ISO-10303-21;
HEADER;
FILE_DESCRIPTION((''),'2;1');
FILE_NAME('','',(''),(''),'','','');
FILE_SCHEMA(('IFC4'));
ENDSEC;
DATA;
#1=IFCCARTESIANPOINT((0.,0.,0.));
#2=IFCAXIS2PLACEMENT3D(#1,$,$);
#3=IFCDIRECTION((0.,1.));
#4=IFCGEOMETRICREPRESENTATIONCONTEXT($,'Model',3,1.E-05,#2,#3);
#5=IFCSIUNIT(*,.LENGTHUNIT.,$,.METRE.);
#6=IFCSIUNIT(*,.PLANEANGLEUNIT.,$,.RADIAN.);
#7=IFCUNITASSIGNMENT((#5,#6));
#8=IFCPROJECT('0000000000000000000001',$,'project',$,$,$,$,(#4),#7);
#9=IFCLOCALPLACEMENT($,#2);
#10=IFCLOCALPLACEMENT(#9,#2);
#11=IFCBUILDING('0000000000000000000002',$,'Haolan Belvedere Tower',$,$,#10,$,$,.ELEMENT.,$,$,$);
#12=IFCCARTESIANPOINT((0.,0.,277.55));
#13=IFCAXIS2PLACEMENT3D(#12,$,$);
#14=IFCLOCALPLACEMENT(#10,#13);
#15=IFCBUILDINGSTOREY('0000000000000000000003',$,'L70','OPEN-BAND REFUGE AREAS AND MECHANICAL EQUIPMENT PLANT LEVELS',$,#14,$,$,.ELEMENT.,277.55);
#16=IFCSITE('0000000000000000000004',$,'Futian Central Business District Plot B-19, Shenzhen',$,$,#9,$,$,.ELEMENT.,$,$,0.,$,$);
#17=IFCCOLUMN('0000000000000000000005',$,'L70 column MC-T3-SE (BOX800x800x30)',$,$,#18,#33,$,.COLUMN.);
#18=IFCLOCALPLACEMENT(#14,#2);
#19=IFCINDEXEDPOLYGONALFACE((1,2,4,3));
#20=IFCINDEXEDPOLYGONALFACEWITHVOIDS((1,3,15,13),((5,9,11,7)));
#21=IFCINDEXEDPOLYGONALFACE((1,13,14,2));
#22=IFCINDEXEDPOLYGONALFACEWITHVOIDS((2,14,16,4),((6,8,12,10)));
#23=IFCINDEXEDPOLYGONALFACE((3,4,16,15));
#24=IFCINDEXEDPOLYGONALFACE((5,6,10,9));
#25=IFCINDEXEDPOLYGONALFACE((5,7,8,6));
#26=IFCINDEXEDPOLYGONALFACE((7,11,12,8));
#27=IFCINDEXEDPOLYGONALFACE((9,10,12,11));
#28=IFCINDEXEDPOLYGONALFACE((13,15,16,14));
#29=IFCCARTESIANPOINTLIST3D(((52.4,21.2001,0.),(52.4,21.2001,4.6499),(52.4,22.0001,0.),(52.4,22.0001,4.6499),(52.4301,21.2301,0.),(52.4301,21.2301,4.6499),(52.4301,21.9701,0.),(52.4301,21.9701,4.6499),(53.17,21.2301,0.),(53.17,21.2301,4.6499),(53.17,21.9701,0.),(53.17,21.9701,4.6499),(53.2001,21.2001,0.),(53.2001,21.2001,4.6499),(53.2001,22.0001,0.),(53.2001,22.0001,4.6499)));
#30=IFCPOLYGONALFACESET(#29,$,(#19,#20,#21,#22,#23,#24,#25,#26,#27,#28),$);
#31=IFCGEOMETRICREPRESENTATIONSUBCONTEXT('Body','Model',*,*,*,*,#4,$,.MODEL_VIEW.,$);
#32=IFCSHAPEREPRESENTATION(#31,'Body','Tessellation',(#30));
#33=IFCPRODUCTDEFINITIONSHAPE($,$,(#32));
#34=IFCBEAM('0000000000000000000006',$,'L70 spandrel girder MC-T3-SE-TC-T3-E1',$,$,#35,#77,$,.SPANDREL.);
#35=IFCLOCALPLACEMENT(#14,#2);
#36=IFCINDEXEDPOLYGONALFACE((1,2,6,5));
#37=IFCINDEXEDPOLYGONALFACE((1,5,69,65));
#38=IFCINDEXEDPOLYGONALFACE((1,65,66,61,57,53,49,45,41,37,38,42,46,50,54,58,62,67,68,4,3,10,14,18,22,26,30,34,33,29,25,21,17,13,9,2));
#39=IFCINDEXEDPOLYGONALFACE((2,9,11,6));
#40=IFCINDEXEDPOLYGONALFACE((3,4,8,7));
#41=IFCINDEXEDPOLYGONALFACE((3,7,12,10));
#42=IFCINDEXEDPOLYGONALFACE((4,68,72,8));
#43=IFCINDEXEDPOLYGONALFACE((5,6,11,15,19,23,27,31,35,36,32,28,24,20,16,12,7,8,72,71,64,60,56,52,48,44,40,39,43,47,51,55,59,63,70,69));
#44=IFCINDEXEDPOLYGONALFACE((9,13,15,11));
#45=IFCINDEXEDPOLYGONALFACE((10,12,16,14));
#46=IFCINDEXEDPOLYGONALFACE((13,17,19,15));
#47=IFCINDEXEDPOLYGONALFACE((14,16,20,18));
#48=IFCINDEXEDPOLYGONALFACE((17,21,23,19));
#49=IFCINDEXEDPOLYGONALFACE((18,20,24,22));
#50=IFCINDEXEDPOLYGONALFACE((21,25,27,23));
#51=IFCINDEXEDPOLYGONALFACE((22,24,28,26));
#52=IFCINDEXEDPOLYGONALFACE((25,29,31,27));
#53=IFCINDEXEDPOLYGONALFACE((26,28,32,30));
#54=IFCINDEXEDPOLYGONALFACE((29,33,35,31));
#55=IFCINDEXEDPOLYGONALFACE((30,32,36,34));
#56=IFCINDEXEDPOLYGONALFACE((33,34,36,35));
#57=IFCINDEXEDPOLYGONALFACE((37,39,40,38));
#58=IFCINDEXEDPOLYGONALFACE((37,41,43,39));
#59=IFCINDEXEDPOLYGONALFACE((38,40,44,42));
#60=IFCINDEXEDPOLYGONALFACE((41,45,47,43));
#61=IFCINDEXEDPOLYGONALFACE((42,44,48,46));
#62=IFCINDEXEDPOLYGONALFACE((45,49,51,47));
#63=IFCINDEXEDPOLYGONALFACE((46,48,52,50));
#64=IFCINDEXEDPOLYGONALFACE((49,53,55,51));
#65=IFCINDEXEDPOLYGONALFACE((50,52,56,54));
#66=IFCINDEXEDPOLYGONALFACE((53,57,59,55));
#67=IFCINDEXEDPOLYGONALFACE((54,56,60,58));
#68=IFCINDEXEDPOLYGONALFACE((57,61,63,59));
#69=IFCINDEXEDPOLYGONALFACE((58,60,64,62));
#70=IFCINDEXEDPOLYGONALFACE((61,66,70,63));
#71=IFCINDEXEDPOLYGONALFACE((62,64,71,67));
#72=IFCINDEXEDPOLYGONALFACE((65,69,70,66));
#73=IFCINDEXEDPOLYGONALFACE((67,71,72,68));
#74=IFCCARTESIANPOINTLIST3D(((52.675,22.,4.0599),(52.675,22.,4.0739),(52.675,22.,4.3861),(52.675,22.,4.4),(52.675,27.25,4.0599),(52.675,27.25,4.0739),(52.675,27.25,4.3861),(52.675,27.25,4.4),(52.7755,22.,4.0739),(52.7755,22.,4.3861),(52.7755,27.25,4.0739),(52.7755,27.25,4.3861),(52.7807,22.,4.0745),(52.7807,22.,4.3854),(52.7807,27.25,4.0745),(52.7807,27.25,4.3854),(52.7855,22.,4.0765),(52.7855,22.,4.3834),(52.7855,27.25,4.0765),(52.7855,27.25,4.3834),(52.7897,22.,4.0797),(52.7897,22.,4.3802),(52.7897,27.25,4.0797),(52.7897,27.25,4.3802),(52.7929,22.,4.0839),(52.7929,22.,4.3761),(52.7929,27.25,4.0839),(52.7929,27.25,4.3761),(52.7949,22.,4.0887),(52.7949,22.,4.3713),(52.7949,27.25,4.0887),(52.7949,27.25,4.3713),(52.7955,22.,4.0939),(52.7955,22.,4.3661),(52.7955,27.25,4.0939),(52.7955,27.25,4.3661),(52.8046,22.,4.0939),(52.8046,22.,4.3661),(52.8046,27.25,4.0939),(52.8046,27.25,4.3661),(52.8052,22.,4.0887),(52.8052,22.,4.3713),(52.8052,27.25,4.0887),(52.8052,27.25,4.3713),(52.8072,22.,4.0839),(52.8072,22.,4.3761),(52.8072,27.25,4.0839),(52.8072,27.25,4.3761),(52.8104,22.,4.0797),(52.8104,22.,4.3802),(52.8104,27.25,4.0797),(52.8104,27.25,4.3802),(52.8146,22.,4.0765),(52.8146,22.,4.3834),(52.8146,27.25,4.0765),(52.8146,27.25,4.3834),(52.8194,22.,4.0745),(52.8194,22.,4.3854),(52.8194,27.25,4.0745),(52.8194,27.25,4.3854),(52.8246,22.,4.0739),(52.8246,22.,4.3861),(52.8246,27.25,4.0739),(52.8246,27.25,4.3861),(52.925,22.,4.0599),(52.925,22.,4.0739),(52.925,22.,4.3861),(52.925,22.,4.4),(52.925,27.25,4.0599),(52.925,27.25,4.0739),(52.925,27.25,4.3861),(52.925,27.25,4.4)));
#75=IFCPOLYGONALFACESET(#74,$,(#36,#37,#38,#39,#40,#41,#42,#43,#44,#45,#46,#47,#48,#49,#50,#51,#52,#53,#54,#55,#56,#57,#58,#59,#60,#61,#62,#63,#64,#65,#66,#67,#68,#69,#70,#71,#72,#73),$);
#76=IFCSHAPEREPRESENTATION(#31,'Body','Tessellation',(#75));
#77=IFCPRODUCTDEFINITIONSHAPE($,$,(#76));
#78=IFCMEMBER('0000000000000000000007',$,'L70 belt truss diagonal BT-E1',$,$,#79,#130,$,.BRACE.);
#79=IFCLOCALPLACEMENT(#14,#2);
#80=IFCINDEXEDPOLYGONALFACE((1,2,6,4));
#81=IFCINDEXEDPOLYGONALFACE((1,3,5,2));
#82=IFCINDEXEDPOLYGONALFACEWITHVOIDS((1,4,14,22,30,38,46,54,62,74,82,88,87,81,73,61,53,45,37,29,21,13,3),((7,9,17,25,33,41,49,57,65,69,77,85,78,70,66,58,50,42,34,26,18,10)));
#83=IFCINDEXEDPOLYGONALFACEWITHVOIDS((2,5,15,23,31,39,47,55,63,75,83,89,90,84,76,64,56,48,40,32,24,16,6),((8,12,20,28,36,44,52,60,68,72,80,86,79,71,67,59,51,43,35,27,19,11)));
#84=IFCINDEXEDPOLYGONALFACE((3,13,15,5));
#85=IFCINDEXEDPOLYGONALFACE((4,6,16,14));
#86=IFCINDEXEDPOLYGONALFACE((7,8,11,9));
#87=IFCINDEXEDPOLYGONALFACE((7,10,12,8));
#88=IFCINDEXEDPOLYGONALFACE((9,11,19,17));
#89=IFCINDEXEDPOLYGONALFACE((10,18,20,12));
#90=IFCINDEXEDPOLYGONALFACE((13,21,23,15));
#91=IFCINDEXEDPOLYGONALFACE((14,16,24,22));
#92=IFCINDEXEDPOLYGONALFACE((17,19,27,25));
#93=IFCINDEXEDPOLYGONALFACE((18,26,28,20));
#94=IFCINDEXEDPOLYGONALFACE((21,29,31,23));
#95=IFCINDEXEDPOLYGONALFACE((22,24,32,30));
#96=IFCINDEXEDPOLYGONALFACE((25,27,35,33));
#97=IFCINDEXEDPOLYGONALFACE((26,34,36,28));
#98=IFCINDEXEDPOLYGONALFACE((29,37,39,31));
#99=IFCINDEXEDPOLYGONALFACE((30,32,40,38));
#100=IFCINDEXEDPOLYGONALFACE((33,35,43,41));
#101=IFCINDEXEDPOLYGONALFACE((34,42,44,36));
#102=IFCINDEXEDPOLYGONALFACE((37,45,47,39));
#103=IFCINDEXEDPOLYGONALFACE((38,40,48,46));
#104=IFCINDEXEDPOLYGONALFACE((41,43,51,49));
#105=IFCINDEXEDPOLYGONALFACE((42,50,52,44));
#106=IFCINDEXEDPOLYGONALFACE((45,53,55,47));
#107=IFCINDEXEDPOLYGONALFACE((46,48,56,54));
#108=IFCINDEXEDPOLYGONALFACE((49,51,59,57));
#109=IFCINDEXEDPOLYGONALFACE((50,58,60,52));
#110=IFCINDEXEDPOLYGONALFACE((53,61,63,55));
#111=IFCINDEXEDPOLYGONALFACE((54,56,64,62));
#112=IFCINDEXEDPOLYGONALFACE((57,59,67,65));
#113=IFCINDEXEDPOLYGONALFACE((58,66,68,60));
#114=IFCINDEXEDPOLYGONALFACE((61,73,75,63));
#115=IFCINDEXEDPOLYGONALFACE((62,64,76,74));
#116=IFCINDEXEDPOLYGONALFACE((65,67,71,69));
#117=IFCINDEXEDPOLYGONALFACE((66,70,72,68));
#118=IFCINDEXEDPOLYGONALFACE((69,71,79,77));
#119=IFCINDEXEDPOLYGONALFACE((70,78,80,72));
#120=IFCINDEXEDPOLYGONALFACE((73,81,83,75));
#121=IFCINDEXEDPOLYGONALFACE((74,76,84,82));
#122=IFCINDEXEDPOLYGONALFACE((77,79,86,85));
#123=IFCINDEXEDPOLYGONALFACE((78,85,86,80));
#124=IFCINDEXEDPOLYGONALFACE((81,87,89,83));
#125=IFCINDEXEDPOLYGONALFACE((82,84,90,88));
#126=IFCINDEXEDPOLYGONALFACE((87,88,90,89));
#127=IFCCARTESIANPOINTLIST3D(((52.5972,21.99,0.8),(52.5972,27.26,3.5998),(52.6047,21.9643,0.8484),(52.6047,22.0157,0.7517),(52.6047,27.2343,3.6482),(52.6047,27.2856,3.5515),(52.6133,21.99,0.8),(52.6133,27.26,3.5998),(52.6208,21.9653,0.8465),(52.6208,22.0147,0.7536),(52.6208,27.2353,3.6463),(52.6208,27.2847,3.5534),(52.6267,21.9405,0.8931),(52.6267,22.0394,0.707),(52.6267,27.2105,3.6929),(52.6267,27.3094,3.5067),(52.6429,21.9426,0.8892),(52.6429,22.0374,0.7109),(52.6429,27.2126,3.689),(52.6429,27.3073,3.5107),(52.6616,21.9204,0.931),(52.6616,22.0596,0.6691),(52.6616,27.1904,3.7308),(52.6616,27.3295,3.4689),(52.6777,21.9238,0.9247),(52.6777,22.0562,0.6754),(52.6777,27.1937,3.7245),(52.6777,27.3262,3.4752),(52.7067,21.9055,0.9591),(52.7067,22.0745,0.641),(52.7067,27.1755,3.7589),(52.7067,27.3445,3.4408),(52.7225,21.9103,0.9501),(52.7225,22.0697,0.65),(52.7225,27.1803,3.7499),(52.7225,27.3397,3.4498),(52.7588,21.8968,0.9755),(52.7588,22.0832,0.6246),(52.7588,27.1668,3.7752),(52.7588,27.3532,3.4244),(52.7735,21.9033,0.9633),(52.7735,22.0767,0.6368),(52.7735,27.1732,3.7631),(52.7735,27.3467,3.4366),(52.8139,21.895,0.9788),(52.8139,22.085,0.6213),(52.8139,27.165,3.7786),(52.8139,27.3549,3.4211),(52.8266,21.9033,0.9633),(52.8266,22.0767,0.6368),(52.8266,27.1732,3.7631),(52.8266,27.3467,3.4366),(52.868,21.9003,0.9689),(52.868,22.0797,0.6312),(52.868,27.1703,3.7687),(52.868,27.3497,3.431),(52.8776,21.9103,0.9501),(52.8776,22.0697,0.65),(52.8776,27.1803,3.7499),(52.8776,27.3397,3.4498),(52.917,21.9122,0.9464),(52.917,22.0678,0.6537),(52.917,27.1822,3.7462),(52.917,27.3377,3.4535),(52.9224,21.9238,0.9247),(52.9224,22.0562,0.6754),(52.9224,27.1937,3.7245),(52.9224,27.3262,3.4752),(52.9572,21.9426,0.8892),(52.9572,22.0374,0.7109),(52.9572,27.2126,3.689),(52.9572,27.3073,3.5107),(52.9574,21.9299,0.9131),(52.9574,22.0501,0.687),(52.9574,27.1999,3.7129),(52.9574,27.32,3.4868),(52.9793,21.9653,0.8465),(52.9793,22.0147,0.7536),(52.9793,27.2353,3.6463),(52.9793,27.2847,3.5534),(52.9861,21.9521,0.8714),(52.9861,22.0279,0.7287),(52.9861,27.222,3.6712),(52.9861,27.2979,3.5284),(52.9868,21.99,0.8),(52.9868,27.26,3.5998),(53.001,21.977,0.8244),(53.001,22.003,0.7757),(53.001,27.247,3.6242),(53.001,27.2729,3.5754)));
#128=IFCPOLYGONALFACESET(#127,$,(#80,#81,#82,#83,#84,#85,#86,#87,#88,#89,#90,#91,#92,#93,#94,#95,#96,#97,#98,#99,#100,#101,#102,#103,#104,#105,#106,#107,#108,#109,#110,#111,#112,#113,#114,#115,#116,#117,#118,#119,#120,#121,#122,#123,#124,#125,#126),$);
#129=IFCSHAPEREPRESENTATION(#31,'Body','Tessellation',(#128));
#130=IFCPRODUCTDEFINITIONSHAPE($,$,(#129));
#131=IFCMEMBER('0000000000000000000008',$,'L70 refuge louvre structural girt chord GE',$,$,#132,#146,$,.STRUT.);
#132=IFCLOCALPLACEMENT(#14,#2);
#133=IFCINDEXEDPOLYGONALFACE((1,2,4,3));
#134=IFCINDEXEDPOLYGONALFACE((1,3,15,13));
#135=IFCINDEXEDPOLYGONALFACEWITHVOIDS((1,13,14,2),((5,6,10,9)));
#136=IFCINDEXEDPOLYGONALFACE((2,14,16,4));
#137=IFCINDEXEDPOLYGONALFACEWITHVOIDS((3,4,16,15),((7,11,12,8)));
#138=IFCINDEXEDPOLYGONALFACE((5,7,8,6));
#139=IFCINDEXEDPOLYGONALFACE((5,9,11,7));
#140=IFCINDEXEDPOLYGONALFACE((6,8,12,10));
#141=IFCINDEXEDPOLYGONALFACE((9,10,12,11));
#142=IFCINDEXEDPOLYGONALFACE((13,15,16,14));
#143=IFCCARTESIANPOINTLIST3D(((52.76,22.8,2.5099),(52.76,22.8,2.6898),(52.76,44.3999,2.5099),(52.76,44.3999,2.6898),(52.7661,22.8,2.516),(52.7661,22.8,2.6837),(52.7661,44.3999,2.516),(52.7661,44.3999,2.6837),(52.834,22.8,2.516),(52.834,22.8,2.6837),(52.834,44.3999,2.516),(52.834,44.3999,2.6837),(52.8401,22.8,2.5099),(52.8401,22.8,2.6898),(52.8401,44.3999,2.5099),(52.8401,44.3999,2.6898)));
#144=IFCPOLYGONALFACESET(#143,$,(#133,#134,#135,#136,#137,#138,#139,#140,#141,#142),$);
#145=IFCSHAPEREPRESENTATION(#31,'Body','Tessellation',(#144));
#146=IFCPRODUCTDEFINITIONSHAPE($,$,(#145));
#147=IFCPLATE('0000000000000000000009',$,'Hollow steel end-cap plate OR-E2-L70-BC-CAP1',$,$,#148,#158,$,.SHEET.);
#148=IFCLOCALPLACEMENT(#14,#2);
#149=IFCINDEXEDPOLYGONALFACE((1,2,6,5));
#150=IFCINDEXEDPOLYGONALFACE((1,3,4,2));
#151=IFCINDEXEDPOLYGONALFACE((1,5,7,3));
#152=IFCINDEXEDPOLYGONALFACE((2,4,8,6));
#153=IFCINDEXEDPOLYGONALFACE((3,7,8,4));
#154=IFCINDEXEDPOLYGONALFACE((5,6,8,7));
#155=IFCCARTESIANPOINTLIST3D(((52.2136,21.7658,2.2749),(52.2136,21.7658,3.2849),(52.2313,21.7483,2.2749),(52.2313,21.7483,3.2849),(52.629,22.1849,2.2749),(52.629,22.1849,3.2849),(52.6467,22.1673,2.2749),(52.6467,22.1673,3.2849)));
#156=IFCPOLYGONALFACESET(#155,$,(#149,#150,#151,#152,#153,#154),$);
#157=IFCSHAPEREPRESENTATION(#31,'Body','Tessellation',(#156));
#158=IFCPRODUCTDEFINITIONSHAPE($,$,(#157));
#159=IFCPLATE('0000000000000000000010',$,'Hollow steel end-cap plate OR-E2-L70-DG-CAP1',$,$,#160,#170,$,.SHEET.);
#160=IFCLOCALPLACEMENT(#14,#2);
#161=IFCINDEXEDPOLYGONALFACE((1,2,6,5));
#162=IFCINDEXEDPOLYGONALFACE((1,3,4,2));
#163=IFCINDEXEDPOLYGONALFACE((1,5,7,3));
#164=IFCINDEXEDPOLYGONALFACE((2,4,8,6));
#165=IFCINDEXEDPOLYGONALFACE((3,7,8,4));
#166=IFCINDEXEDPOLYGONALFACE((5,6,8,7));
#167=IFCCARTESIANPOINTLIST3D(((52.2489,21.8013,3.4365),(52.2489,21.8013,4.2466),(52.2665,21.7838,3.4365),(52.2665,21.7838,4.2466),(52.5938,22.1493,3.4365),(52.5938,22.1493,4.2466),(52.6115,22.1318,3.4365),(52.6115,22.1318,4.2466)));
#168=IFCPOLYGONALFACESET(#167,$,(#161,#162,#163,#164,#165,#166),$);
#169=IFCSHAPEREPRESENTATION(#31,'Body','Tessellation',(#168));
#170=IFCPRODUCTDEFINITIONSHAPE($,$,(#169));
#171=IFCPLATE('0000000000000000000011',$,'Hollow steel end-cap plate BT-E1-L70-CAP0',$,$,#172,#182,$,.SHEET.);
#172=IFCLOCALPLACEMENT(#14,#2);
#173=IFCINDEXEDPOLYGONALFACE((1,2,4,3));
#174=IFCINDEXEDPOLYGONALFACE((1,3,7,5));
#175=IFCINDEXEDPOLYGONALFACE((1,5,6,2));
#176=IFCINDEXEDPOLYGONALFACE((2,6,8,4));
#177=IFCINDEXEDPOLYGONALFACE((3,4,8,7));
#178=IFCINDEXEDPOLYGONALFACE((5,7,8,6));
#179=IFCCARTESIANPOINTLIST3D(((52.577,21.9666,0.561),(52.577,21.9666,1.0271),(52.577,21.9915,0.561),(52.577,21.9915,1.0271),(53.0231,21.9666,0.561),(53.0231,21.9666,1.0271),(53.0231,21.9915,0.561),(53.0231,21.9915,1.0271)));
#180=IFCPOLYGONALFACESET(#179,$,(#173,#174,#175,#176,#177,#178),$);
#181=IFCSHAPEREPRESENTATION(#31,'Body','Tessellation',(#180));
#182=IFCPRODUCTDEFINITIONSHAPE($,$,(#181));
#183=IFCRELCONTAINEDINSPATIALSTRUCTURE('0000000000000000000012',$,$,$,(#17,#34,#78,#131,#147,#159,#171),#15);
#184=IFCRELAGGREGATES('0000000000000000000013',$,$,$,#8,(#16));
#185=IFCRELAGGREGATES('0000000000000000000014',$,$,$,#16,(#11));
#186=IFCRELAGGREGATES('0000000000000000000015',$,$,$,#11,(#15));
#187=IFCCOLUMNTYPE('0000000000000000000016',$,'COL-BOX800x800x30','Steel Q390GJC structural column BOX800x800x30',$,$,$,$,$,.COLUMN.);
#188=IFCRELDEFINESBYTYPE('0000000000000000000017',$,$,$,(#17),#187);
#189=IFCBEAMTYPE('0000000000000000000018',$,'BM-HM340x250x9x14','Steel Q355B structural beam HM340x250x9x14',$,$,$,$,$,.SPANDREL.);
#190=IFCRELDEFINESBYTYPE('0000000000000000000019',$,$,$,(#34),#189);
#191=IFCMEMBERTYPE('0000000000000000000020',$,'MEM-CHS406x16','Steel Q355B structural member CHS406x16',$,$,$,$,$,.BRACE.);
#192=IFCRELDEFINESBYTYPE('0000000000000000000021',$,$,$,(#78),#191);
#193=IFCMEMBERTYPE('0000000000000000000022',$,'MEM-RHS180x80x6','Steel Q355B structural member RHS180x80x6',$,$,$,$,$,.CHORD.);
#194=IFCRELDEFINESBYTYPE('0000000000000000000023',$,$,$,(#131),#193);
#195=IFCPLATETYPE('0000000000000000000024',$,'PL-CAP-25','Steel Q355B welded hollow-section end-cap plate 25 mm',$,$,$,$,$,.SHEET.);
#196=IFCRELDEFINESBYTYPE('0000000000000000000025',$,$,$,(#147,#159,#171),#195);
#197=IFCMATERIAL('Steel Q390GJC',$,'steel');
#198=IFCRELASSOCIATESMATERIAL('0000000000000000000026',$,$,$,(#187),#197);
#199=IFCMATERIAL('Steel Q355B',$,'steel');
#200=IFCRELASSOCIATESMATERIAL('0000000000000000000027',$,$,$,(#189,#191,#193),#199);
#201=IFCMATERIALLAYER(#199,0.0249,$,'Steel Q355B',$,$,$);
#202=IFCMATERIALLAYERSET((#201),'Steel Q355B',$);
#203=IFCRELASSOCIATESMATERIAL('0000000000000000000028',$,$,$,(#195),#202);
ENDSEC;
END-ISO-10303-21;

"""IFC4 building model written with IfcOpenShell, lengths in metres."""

from ifc_helpers import new_model, si_unit, direction, frame, origin, origin_2d, place, context, subcontext, project, spatial, rectangle, hollow_rectangle, hollow_circle, i_section, extrude, material, layer, layer_set, material_profile, profile_set, type_object, element, save


model = new_model("IFC4")

# Units and contexts
model_context = context("Model", 3, precision=1e-05, world=origin(), true_north=direction((0.0, 1.0)))
body_context = subcontext(model_context, "Body", "Model", "MODEL_VIEW")
ifc_project = project(units=[si_unit("LENGTHUNIT", "METRE"), si_unit("PLANEANGLEUNIT", "RADIAN")], contexts=[model_context])

# Site, building, storey
site_placement = place(None, origin())
site = spatial("IfcSite", under=ifc_project, at=site_placement, Name="Futian Central Business District Plot B-19, Shenzhen", CompositionType="ELEMENT", RefElevation=0.0)
building_placement = place(site_placement, origin())
building = spatial("IfcBuilding", under=site, at=building_placement, Name="Haolan Belvedere Tower", CompositionType="ELEMENT")
storey_placement = place(building_placement, frame((0.0, 0.0, 277.55)))
storey = spatial("IfcBuildingStorey", under=building, at=storey_placement, Name="L70", Description="OPEN-BAND REFUGE AREAS AND MECHANICAL EQUIPMENT PLANT LEVELS", CompositionType="ELEMENT", Elevation=277.55)

# Column
ifc_material_1 = material(Name="Steel Q390GJC", Category="steel")
ifc_material_profile_1 = material_profile(ifc_material_1, hollow_rectangle(XDim=0.8, YDim=0.8, WallThickness=0.03, at=origin_2d()), Name="Steel Q390GJC")
ifc_profile_set_1 = profile_set([ifc_material_profile_1], Name="Steel Q390GJC")
column_type = type_object("IfcColumnType", Name="COL-BOX800x800x30", Description="Steel Q390GJC structural column BOX800x800x30", PredefinedType="COLUMN", material=ifc_profile_set_1)
column_placement = place(storey_placement, frame((52.8, 21.6001, 0.0), z_axis=(0.0, 0.0, 1.0), x_axis=(1.0, 0.0, 0.0)))
element("IfcColumn", 1, at=column_placement, inside=storey, type_object=column_type, Name="L70 column MC-T3-SE (BOX800x800x30)", PredefinedType="COLUMN", context=body_context, shape_type="SweptSolid", body=[
    extrude(hollow_rectangle(XDim=0.8, YDim=0.8, WallThickness=0.03, at=origin_2d()), origin(), (0.0, 0.0, 1.0), 4.6499),
])

# Beam
ifc_material_2 = material(Name="Steel Q355B", Category="steel")
ifc_material_profile_2 = material_profile(ifc_material_2, i_section(OverallWidth=0.25, OverallDepth=0.3401, WebThickness=0.009, FlangeThickness=0.0139, FilletRadius=0.02, at=origin_2d()), Name="Steel Q355B")
ifc_profile_set_2 = profile_set([ifc_material_profile_2], Name="Steel Q355B")
beam_type = type_object("IfcBeamType", Name="BM-HM340x250x9x14", Description="Steel Q355B structural beam HM340x250x9x14", PredefinedType="SPANDREL", material=ifc_profile_set_2)
beam_placement = place(storey_placement, frame((52.8, 22.0, 4.23), z_axis=(0.0, 1.0, 0.0), x_axis=(-1.0, 0.0, 0.0)))
element("IfcBeam", 2, at=beam_placement, inside=storey, type_object=beam_type, Name="L70 spandrel girder MC-T3-SE-TC-T3-E1", PredefinedType="SPANDREL", context=body_context, shape_type="SweptSolid", body=[
    extrude(i_section(OverallWidth=0.25, OverallDepth=0.3401, WebThickness=0.009, FlangeThickness=0.0139, FilletRadius=0.02, at=origin_2d()), origin(), (0.0, 0.0, 1.0), 5.25),
])

# Members
ifc_material_profile_3 = material_profile(ifc_material_2, hollow_circle(Radius=0.2029, WallThickness=0.0161, at=origin_2d()), Name="Steel Q355B")
ifc_profile_set_3 = profile_set([ifc_material_profile_3], Name="Steel Q355B")
member_type_1 = type_object("IfcMemberType", Name="MEM-CHS406x16", Description="Steel Q355B structural member CHS406x16", PredefinedType="BRACE", material=ifc_profile_set_3)
member_1_placement = place(storey_placement, frame((52.8, 21.99, 0.8), z_axis=(0.0, 0.883108, 0.469169), x_axis=(-1.0, 0.0, 0.0)))
element("IfcMember", 3, at=member_1_placement, inside=storey, type_object=member_type_1, Name="L70 belt truss diagonal BT-E1", PredefinedType="BRACE", context=body_context, shape_type="SweptSolid", body=[
    extrude(hollow_circle(Radius=0.2029, WallThickness=0.0161, at=origin_2d()), origin(), (0.0, 0.0, 1.0), 5.9675),
])
ifc_material_profile_4 = material_profile(ifc_material_2, hollow_rectangle(XDim=0.0801, YDim=0.1799, WallThickness=0.0061, at=origin_2d()), Name="Steel Q355B")
ifc_profile_set_4 = profile_set([ifc_material_profile_4], Name="Steel Q355B")
member_type_2 = type_object("IfcMemberType", Name="MEM-RHS180x80x6", Description="Steel Q355B structural member RHS180x80x6", PredefinedType="CHORD", material=ifc_profile_set_4)
member_2_placement = place(storey_placement, frame((52.8, 22.8, 2.5999), z_axis=(0.0, 1.0, 0.0), x_axis=(-1.0, 0.0, 0.0)))
element("IfcMember", 4, at=member_2_placement, inside=storey, type_object=member_type_2, Name="L70 refuge louvre structural girt chord GE", PredefinedType="STRUT", context=body_context, shape_type="SweptSolid", body=[
    extrude(hollow_rectangle(XDim=0.0801, YDim=0.1799, WallThickness=0.0061, at=origin_2d()), origin(), (0.0, 0.0, 1.0), 21.5999),
])

# Plates
ifc_layer_1 = layer(ifc_material_2, 0.0249, Name="Steel Q355B")
ifc_layer_set_1 = layer_set([ifc_layer_1], Name="Steel Q355B")
plate_type_1 = type_object("IfcPlateType", Name="PL-CAP-25", Description="Steel Q355B welded hollow-section end-cap plate 25 mm", PredefinedType="SHEET", material=ifc_layer_set_1)
plate_1_placement = place(storey_placement, frame((52.4302, 21.9666, 2.2749), z_axis=(0.0, 0.0, 1.0), x_axis=(0.704015, 0.710185, 0.0)))
element("IfcPlate", 5, at=plate_1_placement, inside=storey, type_object=plate_type_1, Name="Hollow steel end-cap plate OR-E2-L70-BC-CAP1", PredefinedType="SHEET", context=body_context, shape_type="SweptSolid", body=[
    extrude(rectangle(XDim=0.5901, YDim=0.0249, at=origin_2d()), origin(), (0.0, 0.0, 1.0), 1.01),
])
plate_2_placement = place(storey_placement, frame((52.4302, 21.9666, 3.4365), z_axis=(0.0, 0.0, 1.0), x_axis=(0.704015, 0.710185, 0.0)))
element("IfcPlate", 6, at=plate_2_placement, inside=storey, type_object=plate_type_1, Name="Hollow steel end-cap plate OR-E2-L70-DG-CAP1", PredefinedType="SHEET", context=body_context, shape_type="SweptSolid", body=[
    extrude(rectangle(XDim=0.49, YDim=0.0249, at=origin_2d()), origin(), (0.0, 0.0, 1.0), 0.8101),
])
plate_3_placement = place(storey_placement, frame((52.8, 21.979, 0.561), z_axis=(0.0, 0.0, 1.0), x_axis=(1.0, 0.0, 0.0)))
element("IfcPlate", 7, at=plate_3_placement, inside=storey, type_object=plate_type_1, Name="Hollow steel end-cap plate BT-E1-L70-CAP0", PredefinedType="SHEET", context=body_context, shape_type="SweptSolid", body=[
    extrude(rectangle(XDim=0.446, YDim=0.0249, at=origin_2d()), origin(), (0.0, 0.0, 1.0), 0.4661),
])

save(model, "model.ifc")
